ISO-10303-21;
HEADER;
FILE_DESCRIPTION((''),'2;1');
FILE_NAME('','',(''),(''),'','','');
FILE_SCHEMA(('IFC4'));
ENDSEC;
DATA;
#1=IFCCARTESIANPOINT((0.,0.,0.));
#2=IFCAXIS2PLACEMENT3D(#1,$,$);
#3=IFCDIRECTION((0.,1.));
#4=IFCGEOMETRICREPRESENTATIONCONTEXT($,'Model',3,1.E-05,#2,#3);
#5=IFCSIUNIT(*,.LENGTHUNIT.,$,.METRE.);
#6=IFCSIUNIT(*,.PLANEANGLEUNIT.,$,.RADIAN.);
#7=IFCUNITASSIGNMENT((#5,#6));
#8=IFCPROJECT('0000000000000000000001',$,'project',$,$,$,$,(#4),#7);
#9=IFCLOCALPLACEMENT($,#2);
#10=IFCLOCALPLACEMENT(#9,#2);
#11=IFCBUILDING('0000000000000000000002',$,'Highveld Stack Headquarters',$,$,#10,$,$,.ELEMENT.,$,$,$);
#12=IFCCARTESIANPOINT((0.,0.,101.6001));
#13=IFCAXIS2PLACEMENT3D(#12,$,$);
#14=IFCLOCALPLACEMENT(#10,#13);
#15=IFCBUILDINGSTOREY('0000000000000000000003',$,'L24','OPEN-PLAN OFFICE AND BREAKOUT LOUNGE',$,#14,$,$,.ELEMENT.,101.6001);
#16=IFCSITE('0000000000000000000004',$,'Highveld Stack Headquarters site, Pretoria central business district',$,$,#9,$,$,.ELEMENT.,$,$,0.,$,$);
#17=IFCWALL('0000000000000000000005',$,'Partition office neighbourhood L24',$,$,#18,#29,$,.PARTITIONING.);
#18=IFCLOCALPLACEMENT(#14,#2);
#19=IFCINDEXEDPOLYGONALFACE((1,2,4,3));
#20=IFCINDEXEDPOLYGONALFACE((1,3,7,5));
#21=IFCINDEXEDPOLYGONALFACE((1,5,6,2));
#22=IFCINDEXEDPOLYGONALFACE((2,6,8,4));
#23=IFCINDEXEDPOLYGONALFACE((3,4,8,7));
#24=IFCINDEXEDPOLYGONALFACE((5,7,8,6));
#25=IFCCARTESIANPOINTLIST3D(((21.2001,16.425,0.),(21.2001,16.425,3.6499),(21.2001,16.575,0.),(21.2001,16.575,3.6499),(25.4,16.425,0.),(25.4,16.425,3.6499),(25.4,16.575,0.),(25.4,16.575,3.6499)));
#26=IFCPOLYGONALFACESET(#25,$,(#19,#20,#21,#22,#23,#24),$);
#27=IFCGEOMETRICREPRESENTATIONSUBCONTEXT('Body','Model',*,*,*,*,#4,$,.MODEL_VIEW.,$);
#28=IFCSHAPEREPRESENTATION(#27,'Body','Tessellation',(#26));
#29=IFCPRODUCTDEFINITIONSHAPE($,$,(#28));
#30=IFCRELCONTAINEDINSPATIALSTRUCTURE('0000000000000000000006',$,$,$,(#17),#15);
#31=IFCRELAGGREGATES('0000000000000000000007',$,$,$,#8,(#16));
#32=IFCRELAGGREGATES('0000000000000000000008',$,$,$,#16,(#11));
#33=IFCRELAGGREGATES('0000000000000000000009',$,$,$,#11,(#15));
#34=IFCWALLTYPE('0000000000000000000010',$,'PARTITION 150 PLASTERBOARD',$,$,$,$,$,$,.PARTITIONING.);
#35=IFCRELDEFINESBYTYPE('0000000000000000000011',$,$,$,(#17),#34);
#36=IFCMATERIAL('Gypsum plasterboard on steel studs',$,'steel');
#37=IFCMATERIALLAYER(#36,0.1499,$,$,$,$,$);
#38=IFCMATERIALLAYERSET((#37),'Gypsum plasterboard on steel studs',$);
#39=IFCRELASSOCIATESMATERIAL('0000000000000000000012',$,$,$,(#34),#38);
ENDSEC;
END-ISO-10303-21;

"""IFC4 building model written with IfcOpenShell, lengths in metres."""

from ifc_helpers import new_model, si_unit, direction, frame, frame_2d, origin, place, context, subcontext, project, spatial, rectangle, extrude, material, layer, layer_set, type_object, element, save


model = new_model("IFC4")

# Units and contexts
model_context = context("Model", 3, precision=1e-05, world=origin(), true_north=direction((0.0, 1.0)))
body_context = subcontext(model_context, "Body", "Model", "MODEL_VIEW")
ifc_project = project(units=[si_unit("LENGTHUNIT", "METRE"), si_unit("PLANEANGLEUNIT", "RADIAN")], contexts=[model_context])

# Site, building, storey
site_placement = place(None, origin())
site = spatial("IfcSite", under=ifc_project, at=site_placement, Name="Highveld Stack Headquarters site, Pretoria central business district", CompositionType="ELEMENT", RefElevation=0.0)
building_placement = place(site_placement, origin())
building = spatial("IfcBuilding", under=site, at=building_placement, Name="Highveld Stack Headquarters", CompositionType="ELEMENT")
storey_placement = place(building_placement, frame((0.0, 0.0, 101.6001)))
storey = spatial("IfcBuildingStorey", under=building, at=storey_placement, Name="L24", Description="OPEN-PLAN OFFICE AND BREAKOUT LOUNGE", CompositionType="ELEMENT", Elevation=101.6001)

# Shared definitions
ifc_material_1 = material(Name="Gypsum plasterboard on steel studs", Category="steel")
ifc_layer_1 = layer(ifc_material_1, 0.1499)
ifc_layer_set_1 = layer_set([ifc_layer_1], Name="Gypsum plasterboard on steel studs")
wall_type_1 = type_object("IfcWallType", Name="PARTITION 150 PLASTERBOARD", PredefinedType="PARTITIONING", material=ifc_layer_set_1)

# Wall
wall_1_placement = place(storey_placement, frame((21.2, 16.5, 0.0), z_axis=(0.0, 0.0, 1.0), x_axis=(1.0, 0.0, 0.0)))
element("IfcWall", 1, at=wall_1_placement, inside=storey, type_object=wall_type_1, Name="Partition office neighbourhood L24", PredefinedType="PARTITIONING", context=body_context, shape_type="SweptSolid", body=[
    extrude(rectangle(XDim=4.2, YDim=0.1499, at=frame_2d((2.1001, 0.0))), origin(), (0.0, 0.0, 1.0), 3.6499),
])

save(model, "model.ifc")
